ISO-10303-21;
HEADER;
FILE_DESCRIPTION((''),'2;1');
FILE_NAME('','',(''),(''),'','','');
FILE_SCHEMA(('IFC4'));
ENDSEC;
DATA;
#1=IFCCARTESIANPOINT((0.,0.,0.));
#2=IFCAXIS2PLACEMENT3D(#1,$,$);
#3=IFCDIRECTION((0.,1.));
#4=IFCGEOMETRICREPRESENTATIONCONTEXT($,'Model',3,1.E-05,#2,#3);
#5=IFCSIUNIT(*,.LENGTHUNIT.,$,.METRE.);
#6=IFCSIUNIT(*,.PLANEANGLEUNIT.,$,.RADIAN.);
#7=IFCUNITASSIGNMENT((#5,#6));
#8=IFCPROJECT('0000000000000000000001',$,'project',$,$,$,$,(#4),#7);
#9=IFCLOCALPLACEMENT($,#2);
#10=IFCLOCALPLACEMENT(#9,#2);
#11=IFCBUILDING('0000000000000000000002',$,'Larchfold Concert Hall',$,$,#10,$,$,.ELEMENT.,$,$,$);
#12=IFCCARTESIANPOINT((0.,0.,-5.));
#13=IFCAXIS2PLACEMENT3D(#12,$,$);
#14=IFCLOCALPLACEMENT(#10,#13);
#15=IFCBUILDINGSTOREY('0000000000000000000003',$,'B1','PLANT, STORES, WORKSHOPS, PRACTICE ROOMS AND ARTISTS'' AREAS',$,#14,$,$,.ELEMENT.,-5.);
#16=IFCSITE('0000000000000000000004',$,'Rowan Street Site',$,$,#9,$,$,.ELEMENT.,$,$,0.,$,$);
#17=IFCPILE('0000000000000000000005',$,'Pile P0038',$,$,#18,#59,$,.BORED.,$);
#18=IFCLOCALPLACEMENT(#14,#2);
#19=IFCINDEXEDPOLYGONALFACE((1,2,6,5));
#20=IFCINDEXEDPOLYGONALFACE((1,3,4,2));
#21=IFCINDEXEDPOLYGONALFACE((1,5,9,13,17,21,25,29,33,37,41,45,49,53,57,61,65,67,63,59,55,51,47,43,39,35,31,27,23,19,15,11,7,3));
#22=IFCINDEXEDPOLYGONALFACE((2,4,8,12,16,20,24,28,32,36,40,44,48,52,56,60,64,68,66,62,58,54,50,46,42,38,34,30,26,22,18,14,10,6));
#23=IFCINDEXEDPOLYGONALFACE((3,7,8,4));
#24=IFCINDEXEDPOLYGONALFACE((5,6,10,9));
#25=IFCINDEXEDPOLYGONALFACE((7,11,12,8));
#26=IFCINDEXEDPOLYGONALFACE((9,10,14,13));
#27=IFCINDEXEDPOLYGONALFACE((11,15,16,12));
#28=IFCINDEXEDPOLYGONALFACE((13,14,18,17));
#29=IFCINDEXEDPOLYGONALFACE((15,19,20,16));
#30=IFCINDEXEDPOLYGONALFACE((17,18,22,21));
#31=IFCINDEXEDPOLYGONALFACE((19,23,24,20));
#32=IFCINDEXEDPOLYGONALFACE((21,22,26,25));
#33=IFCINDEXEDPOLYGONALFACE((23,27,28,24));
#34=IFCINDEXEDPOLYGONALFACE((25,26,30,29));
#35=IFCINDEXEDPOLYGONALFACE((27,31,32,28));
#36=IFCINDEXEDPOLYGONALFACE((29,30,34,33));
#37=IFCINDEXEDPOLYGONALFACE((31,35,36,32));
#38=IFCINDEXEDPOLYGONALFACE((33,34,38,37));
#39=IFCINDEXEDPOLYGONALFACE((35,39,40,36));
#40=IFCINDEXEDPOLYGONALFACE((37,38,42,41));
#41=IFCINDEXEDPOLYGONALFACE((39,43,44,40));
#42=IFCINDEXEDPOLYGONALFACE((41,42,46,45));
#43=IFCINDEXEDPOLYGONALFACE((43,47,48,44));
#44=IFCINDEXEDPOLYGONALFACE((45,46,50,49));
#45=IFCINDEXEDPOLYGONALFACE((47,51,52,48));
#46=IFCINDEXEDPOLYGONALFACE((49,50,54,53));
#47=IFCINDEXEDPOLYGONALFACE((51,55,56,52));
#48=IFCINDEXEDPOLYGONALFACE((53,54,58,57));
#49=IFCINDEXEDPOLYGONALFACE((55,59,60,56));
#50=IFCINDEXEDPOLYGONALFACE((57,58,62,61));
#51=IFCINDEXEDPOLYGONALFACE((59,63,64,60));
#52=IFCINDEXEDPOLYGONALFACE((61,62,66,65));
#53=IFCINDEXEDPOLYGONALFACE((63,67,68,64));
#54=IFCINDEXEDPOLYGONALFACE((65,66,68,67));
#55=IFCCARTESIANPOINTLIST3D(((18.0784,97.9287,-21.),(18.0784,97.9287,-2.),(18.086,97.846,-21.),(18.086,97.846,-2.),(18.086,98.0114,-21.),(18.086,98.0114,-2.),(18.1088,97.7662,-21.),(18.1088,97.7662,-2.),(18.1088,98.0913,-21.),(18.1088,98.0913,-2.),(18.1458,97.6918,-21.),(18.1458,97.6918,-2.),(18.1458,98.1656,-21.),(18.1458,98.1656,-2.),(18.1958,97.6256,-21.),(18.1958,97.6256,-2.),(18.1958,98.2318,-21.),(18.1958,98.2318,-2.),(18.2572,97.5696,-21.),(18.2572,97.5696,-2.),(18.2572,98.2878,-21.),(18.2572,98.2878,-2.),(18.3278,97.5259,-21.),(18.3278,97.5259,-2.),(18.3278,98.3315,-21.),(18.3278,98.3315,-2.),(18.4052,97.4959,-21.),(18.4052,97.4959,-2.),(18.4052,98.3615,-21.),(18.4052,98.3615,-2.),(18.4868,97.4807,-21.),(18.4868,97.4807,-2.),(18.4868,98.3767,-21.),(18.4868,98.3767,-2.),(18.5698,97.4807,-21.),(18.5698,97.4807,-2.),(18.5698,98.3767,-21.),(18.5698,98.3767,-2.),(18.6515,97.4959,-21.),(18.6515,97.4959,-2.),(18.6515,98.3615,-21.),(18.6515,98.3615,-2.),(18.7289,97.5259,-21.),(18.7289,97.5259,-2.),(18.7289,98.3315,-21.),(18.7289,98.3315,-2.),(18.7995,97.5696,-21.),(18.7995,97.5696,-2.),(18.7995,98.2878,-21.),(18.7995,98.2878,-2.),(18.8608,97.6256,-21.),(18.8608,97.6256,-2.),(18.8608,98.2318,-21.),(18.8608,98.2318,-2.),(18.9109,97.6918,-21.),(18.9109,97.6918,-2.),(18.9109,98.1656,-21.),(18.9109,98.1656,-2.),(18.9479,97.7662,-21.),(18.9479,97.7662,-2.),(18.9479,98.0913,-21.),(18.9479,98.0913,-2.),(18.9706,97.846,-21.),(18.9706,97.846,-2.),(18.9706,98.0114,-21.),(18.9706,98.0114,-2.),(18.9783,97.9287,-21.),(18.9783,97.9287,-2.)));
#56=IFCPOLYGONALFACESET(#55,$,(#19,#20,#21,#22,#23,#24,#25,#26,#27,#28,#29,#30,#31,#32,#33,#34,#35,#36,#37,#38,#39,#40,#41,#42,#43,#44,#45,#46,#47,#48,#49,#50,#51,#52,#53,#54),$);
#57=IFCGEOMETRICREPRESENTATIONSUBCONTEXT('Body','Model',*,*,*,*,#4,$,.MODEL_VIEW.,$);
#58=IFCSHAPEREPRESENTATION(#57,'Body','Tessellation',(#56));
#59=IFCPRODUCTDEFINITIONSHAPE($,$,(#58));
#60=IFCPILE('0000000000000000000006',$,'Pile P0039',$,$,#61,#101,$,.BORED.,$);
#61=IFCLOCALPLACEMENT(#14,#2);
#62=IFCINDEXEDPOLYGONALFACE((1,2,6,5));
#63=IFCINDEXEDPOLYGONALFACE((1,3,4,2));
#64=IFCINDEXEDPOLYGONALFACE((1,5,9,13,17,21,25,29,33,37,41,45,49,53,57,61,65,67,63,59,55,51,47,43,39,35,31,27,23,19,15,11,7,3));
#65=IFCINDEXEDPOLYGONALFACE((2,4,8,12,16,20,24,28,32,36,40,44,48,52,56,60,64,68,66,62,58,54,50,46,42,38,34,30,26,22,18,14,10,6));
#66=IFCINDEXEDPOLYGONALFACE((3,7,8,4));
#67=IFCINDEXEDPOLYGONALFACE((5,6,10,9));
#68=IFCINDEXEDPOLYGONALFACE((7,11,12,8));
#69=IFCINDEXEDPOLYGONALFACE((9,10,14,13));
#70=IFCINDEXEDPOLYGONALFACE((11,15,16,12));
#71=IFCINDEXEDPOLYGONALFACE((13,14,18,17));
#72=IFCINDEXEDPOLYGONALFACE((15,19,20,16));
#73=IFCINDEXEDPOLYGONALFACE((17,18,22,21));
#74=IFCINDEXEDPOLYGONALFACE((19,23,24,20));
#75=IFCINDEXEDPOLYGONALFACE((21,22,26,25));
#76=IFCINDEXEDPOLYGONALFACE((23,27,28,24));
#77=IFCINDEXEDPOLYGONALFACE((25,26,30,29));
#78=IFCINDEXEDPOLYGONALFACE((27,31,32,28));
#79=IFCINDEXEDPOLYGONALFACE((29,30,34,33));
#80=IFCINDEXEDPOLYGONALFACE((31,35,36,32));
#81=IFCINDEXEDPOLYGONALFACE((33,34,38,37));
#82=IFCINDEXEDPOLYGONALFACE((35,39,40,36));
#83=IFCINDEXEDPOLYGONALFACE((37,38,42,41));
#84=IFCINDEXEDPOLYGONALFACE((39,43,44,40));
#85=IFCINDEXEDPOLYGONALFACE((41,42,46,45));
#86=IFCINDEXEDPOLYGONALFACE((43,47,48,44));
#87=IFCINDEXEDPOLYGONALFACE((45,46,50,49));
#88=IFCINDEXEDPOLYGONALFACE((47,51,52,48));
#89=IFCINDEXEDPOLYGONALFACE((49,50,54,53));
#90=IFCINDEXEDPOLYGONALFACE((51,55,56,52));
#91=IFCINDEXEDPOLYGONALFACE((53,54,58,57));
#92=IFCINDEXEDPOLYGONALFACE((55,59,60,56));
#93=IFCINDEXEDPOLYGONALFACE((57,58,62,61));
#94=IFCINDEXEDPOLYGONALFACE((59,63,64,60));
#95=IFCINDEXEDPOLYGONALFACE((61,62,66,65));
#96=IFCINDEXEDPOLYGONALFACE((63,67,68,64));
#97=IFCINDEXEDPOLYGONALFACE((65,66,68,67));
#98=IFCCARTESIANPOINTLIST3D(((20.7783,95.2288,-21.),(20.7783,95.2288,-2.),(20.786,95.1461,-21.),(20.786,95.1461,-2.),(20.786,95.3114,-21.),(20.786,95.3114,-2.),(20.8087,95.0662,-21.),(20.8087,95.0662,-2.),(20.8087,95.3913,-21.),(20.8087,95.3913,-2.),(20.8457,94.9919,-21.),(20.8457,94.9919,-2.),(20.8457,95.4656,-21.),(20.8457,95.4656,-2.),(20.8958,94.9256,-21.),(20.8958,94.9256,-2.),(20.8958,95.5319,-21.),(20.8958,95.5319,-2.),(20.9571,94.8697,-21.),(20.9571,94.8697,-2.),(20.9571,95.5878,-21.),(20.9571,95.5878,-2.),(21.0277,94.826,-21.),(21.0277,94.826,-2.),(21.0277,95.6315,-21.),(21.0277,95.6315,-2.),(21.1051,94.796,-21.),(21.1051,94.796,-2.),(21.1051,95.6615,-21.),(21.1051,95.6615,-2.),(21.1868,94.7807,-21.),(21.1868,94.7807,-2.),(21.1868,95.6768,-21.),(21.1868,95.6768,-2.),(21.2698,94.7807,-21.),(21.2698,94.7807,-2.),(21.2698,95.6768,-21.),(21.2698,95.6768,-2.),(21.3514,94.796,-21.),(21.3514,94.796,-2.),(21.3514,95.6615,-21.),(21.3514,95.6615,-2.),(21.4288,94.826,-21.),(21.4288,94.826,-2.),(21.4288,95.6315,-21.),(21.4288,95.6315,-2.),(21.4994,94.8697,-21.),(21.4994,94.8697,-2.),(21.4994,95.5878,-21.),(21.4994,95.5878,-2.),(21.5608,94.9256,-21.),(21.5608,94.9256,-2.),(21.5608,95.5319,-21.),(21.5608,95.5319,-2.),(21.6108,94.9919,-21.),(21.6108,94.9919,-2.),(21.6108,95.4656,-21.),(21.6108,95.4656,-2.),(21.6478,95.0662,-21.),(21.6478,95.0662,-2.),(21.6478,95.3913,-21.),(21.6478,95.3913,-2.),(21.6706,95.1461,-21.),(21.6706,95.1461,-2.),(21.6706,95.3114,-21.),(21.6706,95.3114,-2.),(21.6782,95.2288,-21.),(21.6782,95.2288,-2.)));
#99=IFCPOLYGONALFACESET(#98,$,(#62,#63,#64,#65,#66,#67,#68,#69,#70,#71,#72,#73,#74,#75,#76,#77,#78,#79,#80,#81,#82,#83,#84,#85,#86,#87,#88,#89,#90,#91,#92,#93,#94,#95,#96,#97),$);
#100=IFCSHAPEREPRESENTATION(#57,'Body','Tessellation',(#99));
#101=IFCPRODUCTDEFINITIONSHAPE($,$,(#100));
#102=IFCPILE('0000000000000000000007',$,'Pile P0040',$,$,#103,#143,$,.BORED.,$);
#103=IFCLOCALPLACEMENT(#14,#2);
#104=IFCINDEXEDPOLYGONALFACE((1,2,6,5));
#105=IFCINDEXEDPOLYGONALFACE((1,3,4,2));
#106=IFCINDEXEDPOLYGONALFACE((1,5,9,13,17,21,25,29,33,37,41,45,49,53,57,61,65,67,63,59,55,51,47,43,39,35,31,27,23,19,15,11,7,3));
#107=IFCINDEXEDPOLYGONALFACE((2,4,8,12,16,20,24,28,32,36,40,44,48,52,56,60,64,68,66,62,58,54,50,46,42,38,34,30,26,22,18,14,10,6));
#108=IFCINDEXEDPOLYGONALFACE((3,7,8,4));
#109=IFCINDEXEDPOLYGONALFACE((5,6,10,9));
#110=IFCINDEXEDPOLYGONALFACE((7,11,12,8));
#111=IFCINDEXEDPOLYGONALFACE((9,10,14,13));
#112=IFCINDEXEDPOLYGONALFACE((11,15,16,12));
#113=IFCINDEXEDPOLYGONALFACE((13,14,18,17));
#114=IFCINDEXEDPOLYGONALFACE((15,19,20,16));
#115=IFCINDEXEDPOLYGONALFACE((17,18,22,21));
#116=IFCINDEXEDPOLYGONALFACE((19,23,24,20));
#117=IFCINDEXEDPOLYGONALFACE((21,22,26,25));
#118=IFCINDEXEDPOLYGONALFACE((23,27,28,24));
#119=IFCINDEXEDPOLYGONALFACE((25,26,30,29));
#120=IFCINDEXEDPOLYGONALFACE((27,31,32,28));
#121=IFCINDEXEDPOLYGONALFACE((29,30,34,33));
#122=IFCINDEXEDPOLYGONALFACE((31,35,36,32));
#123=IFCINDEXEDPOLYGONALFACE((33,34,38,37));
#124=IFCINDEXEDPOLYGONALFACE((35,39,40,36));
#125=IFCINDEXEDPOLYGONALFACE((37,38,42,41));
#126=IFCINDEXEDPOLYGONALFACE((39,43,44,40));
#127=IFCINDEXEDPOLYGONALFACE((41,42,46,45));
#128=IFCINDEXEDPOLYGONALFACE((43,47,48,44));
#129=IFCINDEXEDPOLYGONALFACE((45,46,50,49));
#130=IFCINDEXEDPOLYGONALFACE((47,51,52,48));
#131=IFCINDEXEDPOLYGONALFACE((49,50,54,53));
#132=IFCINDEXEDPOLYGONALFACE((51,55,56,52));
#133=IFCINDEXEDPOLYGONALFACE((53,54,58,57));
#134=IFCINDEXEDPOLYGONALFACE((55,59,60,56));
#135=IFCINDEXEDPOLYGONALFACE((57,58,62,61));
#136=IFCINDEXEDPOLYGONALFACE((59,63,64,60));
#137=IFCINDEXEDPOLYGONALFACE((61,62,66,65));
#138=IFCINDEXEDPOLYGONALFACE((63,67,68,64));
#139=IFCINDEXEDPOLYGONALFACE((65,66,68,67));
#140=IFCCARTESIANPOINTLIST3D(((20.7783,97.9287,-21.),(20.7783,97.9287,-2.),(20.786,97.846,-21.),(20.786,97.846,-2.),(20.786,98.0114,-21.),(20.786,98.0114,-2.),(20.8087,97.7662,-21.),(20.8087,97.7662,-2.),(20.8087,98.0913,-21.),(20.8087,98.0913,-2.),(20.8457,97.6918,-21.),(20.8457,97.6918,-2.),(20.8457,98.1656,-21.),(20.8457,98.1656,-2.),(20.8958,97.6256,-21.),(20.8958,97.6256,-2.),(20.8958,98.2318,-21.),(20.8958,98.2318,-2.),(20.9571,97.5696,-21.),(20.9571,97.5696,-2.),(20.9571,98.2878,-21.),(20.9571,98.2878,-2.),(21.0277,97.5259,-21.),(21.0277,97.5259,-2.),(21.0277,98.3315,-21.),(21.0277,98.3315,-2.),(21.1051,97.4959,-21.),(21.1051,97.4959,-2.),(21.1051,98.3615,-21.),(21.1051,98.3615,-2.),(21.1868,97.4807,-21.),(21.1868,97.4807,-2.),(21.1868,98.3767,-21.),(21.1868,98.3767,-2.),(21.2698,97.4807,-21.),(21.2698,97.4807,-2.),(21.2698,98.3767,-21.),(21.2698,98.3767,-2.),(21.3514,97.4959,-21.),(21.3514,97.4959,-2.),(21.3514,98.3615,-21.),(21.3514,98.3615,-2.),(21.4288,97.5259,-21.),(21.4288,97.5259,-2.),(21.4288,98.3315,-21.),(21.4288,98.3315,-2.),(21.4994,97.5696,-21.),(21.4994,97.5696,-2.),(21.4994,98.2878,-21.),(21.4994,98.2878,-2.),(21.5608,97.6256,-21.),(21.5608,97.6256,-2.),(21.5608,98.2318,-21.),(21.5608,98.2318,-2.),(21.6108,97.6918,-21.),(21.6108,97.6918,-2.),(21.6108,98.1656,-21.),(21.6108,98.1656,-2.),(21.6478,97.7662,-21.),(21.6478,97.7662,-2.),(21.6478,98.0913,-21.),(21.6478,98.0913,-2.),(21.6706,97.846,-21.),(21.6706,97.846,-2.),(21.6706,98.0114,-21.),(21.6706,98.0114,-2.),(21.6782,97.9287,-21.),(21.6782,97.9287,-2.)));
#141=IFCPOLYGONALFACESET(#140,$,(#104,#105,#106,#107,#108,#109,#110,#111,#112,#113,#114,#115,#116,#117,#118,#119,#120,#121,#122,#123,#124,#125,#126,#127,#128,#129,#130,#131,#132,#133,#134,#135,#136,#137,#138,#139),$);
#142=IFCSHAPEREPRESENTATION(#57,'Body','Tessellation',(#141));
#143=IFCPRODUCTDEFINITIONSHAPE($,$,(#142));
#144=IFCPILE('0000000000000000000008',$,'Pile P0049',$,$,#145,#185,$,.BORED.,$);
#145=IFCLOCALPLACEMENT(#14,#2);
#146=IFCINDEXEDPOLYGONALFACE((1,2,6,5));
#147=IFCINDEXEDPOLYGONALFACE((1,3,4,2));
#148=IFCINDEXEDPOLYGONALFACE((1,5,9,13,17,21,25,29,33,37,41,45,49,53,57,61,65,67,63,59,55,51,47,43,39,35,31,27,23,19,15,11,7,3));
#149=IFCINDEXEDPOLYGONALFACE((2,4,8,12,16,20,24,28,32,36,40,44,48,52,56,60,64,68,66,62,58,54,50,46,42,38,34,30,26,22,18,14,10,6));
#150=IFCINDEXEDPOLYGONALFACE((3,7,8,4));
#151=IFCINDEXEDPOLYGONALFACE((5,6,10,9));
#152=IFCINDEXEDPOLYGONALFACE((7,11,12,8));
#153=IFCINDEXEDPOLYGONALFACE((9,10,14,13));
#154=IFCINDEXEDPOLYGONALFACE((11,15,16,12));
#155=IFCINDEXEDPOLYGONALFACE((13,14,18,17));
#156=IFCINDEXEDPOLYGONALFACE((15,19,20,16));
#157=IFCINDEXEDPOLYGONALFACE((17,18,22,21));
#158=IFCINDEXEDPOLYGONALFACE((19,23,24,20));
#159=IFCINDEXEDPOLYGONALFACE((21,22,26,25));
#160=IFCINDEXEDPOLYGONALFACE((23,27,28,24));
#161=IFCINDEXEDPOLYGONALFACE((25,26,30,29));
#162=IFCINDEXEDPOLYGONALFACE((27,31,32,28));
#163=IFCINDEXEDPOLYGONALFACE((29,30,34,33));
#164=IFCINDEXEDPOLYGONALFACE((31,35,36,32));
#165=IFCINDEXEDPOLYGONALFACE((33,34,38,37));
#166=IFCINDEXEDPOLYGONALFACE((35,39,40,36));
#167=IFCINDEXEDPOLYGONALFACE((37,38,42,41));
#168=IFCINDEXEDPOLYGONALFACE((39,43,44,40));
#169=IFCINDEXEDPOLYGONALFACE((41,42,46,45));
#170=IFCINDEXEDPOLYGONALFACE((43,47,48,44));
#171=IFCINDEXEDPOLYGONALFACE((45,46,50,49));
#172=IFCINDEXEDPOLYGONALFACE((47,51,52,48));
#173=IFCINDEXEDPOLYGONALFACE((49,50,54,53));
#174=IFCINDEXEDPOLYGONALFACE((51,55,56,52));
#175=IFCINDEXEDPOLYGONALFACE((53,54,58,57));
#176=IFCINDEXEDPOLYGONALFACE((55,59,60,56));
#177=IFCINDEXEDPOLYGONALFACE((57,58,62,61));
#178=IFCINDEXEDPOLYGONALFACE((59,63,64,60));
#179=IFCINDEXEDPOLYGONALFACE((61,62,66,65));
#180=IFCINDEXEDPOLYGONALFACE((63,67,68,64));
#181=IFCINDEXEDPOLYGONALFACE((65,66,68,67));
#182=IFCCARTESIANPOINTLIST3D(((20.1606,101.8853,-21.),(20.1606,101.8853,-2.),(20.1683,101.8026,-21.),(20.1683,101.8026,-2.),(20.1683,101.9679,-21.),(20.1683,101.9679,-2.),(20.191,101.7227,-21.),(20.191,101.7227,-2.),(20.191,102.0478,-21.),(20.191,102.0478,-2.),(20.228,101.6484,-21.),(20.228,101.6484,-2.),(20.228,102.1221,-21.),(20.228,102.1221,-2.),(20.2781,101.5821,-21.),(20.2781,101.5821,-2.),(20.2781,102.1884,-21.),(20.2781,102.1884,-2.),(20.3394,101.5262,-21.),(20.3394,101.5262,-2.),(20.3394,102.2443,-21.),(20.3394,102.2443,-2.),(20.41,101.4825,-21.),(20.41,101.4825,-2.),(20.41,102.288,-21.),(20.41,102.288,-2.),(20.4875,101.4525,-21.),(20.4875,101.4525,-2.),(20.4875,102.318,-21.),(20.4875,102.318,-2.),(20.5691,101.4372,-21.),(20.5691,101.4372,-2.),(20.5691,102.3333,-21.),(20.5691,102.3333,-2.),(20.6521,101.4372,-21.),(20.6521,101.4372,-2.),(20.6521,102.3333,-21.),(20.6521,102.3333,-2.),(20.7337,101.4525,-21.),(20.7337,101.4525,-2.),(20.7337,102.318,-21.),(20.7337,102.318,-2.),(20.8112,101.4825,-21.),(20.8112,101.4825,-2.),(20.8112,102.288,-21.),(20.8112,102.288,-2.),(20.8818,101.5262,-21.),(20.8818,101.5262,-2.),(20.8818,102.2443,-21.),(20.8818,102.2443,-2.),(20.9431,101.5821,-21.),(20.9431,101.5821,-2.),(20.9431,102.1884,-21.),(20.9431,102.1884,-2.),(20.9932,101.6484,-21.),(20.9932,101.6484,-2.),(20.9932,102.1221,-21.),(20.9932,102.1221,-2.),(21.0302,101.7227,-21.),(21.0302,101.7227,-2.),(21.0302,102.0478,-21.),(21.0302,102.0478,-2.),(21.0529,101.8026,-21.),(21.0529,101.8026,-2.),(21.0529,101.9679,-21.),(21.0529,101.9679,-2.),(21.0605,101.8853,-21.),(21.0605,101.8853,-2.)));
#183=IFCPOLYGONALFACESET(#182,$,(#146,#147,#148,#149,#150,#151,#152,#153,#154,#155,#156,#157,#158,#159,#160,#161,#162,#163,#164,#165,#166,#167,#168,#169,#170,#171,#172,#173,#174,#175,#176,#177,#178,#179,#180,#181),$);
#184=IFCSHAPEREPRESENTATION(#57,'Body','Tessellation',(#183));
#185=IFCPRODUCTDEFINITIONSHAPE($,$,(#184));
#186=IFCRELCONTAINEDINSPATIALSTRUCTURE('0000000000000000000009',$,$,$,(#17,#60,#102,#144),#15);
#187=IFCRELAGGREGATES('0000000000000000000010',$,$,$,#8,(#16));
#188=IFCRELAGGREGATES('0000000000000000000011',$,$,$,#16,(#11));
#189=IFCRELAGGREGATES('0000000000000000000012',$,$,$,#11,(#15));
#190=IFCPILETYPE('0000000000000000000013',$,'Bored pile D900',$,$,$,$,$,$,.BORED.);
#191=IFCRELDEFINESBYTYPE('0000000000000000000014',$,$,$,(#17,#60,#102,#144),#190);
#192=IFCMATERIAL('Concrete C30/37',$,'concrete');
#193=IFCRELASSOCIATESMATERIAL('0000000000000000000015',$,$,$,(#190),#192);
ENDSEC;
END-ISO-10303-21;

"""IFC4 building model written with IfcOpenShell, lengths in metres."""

from ifc_helpers import new_model, si_unit, direction, frame, origin, origin_2d, place, context, subcontext, project, spatial, circle, extrude, material, material_profile, profile_set, type_object, element, save


model = new_model("IFC4")

# Units and contexts
model_context = context("Model", 3, precision=1e-05, world=origin(), true_north=direction((0.0, 1.0)))
body_context = subcontext(model_context, "Body", "Model", "MODEL_VIEW")
ifc_project = project(units=[si_unit("LENGTHUNIT", "METRE"), si_unit("PLANEANGLEUNIT", "RADIAN")], contexts=[model_context])

# Site, building, storey
site_placement = place(None, origin())
site = spatial("IfcSite", under=ifc_project, at=site_placement, Name="Rowan Street Site", CompositionType="ELEMENT", RefElevation=0.0)
building_placement = place(site_placement, origin())
building = spatial("IfcBuilding", under=site, at=building_placement, Name="Larchfold Concert Hall", CompositionType="ELEMENT")
storey_placement = place(building_placement, frame((0.0, 0.0, -5.0)))
storey = spatial("IfcBuildingStorey", under=building, at=storey_placement, Name="B1", Description="PLANT, STORES, WORKSHOPS, PRACTICE ROOMS AND ARTISTS' AREAS", CompositionType="ELEMENT", Elevation=-5.0)

# Piles
ifc_material_1 = material(Name="Concrete C30/37", Category="concrete")
ifc_material_profile_1 = material_profile(ifc_material_1, circle(Radius=0.45, at=origin_2d()))
ifc_profile_set_1 = profile_set([ifc_material_profile_1], Name="Concrete C30/37")
pile_type_1 = type_object("IfcPileType", Name="Bored pile D900", PredefinedType="BORED", material=ifc_profile_set_1)
for number, where, z_axis, x_axis, name in (
    (1, (18.5283, 97.9287, -2.0), (0.0, 0.0, -1.0), (1.0, 0.0, 0.0), "Pile P0038"),
    (2, (21.2283, 95.2288, -2.0), (0.0, 0.0, -1.0), (1.0, 0.0, 0.0), "Pile P0039"),
    (3, (21.2283, 97.9287, -2.0), (0.0, 0.0, -1.0), (1.0, 0.0, 0.0), "Pile P0040"),
    (4, (20.6106, 101.8853, -2.0), (0.0, 0.0, -1.0), (1.0, 0.0, 0.0), "Pile P0049"),
):
    element("IfcPile", number, at=place(storey_placement, frame(where, z_axis=z_axis, x_axis=x_axis)), inside=storey, type_object=pile_type_1, Name=name, PredefinedType="BORED", context=body_context, shape_type="SweptSolid", body=[
        extrude(circle(Radius=0.45, at=origin_2d()), origin(), (0.0, 0.0, 1.0), 19.0),
    ])

save(model, "model.ifc")
